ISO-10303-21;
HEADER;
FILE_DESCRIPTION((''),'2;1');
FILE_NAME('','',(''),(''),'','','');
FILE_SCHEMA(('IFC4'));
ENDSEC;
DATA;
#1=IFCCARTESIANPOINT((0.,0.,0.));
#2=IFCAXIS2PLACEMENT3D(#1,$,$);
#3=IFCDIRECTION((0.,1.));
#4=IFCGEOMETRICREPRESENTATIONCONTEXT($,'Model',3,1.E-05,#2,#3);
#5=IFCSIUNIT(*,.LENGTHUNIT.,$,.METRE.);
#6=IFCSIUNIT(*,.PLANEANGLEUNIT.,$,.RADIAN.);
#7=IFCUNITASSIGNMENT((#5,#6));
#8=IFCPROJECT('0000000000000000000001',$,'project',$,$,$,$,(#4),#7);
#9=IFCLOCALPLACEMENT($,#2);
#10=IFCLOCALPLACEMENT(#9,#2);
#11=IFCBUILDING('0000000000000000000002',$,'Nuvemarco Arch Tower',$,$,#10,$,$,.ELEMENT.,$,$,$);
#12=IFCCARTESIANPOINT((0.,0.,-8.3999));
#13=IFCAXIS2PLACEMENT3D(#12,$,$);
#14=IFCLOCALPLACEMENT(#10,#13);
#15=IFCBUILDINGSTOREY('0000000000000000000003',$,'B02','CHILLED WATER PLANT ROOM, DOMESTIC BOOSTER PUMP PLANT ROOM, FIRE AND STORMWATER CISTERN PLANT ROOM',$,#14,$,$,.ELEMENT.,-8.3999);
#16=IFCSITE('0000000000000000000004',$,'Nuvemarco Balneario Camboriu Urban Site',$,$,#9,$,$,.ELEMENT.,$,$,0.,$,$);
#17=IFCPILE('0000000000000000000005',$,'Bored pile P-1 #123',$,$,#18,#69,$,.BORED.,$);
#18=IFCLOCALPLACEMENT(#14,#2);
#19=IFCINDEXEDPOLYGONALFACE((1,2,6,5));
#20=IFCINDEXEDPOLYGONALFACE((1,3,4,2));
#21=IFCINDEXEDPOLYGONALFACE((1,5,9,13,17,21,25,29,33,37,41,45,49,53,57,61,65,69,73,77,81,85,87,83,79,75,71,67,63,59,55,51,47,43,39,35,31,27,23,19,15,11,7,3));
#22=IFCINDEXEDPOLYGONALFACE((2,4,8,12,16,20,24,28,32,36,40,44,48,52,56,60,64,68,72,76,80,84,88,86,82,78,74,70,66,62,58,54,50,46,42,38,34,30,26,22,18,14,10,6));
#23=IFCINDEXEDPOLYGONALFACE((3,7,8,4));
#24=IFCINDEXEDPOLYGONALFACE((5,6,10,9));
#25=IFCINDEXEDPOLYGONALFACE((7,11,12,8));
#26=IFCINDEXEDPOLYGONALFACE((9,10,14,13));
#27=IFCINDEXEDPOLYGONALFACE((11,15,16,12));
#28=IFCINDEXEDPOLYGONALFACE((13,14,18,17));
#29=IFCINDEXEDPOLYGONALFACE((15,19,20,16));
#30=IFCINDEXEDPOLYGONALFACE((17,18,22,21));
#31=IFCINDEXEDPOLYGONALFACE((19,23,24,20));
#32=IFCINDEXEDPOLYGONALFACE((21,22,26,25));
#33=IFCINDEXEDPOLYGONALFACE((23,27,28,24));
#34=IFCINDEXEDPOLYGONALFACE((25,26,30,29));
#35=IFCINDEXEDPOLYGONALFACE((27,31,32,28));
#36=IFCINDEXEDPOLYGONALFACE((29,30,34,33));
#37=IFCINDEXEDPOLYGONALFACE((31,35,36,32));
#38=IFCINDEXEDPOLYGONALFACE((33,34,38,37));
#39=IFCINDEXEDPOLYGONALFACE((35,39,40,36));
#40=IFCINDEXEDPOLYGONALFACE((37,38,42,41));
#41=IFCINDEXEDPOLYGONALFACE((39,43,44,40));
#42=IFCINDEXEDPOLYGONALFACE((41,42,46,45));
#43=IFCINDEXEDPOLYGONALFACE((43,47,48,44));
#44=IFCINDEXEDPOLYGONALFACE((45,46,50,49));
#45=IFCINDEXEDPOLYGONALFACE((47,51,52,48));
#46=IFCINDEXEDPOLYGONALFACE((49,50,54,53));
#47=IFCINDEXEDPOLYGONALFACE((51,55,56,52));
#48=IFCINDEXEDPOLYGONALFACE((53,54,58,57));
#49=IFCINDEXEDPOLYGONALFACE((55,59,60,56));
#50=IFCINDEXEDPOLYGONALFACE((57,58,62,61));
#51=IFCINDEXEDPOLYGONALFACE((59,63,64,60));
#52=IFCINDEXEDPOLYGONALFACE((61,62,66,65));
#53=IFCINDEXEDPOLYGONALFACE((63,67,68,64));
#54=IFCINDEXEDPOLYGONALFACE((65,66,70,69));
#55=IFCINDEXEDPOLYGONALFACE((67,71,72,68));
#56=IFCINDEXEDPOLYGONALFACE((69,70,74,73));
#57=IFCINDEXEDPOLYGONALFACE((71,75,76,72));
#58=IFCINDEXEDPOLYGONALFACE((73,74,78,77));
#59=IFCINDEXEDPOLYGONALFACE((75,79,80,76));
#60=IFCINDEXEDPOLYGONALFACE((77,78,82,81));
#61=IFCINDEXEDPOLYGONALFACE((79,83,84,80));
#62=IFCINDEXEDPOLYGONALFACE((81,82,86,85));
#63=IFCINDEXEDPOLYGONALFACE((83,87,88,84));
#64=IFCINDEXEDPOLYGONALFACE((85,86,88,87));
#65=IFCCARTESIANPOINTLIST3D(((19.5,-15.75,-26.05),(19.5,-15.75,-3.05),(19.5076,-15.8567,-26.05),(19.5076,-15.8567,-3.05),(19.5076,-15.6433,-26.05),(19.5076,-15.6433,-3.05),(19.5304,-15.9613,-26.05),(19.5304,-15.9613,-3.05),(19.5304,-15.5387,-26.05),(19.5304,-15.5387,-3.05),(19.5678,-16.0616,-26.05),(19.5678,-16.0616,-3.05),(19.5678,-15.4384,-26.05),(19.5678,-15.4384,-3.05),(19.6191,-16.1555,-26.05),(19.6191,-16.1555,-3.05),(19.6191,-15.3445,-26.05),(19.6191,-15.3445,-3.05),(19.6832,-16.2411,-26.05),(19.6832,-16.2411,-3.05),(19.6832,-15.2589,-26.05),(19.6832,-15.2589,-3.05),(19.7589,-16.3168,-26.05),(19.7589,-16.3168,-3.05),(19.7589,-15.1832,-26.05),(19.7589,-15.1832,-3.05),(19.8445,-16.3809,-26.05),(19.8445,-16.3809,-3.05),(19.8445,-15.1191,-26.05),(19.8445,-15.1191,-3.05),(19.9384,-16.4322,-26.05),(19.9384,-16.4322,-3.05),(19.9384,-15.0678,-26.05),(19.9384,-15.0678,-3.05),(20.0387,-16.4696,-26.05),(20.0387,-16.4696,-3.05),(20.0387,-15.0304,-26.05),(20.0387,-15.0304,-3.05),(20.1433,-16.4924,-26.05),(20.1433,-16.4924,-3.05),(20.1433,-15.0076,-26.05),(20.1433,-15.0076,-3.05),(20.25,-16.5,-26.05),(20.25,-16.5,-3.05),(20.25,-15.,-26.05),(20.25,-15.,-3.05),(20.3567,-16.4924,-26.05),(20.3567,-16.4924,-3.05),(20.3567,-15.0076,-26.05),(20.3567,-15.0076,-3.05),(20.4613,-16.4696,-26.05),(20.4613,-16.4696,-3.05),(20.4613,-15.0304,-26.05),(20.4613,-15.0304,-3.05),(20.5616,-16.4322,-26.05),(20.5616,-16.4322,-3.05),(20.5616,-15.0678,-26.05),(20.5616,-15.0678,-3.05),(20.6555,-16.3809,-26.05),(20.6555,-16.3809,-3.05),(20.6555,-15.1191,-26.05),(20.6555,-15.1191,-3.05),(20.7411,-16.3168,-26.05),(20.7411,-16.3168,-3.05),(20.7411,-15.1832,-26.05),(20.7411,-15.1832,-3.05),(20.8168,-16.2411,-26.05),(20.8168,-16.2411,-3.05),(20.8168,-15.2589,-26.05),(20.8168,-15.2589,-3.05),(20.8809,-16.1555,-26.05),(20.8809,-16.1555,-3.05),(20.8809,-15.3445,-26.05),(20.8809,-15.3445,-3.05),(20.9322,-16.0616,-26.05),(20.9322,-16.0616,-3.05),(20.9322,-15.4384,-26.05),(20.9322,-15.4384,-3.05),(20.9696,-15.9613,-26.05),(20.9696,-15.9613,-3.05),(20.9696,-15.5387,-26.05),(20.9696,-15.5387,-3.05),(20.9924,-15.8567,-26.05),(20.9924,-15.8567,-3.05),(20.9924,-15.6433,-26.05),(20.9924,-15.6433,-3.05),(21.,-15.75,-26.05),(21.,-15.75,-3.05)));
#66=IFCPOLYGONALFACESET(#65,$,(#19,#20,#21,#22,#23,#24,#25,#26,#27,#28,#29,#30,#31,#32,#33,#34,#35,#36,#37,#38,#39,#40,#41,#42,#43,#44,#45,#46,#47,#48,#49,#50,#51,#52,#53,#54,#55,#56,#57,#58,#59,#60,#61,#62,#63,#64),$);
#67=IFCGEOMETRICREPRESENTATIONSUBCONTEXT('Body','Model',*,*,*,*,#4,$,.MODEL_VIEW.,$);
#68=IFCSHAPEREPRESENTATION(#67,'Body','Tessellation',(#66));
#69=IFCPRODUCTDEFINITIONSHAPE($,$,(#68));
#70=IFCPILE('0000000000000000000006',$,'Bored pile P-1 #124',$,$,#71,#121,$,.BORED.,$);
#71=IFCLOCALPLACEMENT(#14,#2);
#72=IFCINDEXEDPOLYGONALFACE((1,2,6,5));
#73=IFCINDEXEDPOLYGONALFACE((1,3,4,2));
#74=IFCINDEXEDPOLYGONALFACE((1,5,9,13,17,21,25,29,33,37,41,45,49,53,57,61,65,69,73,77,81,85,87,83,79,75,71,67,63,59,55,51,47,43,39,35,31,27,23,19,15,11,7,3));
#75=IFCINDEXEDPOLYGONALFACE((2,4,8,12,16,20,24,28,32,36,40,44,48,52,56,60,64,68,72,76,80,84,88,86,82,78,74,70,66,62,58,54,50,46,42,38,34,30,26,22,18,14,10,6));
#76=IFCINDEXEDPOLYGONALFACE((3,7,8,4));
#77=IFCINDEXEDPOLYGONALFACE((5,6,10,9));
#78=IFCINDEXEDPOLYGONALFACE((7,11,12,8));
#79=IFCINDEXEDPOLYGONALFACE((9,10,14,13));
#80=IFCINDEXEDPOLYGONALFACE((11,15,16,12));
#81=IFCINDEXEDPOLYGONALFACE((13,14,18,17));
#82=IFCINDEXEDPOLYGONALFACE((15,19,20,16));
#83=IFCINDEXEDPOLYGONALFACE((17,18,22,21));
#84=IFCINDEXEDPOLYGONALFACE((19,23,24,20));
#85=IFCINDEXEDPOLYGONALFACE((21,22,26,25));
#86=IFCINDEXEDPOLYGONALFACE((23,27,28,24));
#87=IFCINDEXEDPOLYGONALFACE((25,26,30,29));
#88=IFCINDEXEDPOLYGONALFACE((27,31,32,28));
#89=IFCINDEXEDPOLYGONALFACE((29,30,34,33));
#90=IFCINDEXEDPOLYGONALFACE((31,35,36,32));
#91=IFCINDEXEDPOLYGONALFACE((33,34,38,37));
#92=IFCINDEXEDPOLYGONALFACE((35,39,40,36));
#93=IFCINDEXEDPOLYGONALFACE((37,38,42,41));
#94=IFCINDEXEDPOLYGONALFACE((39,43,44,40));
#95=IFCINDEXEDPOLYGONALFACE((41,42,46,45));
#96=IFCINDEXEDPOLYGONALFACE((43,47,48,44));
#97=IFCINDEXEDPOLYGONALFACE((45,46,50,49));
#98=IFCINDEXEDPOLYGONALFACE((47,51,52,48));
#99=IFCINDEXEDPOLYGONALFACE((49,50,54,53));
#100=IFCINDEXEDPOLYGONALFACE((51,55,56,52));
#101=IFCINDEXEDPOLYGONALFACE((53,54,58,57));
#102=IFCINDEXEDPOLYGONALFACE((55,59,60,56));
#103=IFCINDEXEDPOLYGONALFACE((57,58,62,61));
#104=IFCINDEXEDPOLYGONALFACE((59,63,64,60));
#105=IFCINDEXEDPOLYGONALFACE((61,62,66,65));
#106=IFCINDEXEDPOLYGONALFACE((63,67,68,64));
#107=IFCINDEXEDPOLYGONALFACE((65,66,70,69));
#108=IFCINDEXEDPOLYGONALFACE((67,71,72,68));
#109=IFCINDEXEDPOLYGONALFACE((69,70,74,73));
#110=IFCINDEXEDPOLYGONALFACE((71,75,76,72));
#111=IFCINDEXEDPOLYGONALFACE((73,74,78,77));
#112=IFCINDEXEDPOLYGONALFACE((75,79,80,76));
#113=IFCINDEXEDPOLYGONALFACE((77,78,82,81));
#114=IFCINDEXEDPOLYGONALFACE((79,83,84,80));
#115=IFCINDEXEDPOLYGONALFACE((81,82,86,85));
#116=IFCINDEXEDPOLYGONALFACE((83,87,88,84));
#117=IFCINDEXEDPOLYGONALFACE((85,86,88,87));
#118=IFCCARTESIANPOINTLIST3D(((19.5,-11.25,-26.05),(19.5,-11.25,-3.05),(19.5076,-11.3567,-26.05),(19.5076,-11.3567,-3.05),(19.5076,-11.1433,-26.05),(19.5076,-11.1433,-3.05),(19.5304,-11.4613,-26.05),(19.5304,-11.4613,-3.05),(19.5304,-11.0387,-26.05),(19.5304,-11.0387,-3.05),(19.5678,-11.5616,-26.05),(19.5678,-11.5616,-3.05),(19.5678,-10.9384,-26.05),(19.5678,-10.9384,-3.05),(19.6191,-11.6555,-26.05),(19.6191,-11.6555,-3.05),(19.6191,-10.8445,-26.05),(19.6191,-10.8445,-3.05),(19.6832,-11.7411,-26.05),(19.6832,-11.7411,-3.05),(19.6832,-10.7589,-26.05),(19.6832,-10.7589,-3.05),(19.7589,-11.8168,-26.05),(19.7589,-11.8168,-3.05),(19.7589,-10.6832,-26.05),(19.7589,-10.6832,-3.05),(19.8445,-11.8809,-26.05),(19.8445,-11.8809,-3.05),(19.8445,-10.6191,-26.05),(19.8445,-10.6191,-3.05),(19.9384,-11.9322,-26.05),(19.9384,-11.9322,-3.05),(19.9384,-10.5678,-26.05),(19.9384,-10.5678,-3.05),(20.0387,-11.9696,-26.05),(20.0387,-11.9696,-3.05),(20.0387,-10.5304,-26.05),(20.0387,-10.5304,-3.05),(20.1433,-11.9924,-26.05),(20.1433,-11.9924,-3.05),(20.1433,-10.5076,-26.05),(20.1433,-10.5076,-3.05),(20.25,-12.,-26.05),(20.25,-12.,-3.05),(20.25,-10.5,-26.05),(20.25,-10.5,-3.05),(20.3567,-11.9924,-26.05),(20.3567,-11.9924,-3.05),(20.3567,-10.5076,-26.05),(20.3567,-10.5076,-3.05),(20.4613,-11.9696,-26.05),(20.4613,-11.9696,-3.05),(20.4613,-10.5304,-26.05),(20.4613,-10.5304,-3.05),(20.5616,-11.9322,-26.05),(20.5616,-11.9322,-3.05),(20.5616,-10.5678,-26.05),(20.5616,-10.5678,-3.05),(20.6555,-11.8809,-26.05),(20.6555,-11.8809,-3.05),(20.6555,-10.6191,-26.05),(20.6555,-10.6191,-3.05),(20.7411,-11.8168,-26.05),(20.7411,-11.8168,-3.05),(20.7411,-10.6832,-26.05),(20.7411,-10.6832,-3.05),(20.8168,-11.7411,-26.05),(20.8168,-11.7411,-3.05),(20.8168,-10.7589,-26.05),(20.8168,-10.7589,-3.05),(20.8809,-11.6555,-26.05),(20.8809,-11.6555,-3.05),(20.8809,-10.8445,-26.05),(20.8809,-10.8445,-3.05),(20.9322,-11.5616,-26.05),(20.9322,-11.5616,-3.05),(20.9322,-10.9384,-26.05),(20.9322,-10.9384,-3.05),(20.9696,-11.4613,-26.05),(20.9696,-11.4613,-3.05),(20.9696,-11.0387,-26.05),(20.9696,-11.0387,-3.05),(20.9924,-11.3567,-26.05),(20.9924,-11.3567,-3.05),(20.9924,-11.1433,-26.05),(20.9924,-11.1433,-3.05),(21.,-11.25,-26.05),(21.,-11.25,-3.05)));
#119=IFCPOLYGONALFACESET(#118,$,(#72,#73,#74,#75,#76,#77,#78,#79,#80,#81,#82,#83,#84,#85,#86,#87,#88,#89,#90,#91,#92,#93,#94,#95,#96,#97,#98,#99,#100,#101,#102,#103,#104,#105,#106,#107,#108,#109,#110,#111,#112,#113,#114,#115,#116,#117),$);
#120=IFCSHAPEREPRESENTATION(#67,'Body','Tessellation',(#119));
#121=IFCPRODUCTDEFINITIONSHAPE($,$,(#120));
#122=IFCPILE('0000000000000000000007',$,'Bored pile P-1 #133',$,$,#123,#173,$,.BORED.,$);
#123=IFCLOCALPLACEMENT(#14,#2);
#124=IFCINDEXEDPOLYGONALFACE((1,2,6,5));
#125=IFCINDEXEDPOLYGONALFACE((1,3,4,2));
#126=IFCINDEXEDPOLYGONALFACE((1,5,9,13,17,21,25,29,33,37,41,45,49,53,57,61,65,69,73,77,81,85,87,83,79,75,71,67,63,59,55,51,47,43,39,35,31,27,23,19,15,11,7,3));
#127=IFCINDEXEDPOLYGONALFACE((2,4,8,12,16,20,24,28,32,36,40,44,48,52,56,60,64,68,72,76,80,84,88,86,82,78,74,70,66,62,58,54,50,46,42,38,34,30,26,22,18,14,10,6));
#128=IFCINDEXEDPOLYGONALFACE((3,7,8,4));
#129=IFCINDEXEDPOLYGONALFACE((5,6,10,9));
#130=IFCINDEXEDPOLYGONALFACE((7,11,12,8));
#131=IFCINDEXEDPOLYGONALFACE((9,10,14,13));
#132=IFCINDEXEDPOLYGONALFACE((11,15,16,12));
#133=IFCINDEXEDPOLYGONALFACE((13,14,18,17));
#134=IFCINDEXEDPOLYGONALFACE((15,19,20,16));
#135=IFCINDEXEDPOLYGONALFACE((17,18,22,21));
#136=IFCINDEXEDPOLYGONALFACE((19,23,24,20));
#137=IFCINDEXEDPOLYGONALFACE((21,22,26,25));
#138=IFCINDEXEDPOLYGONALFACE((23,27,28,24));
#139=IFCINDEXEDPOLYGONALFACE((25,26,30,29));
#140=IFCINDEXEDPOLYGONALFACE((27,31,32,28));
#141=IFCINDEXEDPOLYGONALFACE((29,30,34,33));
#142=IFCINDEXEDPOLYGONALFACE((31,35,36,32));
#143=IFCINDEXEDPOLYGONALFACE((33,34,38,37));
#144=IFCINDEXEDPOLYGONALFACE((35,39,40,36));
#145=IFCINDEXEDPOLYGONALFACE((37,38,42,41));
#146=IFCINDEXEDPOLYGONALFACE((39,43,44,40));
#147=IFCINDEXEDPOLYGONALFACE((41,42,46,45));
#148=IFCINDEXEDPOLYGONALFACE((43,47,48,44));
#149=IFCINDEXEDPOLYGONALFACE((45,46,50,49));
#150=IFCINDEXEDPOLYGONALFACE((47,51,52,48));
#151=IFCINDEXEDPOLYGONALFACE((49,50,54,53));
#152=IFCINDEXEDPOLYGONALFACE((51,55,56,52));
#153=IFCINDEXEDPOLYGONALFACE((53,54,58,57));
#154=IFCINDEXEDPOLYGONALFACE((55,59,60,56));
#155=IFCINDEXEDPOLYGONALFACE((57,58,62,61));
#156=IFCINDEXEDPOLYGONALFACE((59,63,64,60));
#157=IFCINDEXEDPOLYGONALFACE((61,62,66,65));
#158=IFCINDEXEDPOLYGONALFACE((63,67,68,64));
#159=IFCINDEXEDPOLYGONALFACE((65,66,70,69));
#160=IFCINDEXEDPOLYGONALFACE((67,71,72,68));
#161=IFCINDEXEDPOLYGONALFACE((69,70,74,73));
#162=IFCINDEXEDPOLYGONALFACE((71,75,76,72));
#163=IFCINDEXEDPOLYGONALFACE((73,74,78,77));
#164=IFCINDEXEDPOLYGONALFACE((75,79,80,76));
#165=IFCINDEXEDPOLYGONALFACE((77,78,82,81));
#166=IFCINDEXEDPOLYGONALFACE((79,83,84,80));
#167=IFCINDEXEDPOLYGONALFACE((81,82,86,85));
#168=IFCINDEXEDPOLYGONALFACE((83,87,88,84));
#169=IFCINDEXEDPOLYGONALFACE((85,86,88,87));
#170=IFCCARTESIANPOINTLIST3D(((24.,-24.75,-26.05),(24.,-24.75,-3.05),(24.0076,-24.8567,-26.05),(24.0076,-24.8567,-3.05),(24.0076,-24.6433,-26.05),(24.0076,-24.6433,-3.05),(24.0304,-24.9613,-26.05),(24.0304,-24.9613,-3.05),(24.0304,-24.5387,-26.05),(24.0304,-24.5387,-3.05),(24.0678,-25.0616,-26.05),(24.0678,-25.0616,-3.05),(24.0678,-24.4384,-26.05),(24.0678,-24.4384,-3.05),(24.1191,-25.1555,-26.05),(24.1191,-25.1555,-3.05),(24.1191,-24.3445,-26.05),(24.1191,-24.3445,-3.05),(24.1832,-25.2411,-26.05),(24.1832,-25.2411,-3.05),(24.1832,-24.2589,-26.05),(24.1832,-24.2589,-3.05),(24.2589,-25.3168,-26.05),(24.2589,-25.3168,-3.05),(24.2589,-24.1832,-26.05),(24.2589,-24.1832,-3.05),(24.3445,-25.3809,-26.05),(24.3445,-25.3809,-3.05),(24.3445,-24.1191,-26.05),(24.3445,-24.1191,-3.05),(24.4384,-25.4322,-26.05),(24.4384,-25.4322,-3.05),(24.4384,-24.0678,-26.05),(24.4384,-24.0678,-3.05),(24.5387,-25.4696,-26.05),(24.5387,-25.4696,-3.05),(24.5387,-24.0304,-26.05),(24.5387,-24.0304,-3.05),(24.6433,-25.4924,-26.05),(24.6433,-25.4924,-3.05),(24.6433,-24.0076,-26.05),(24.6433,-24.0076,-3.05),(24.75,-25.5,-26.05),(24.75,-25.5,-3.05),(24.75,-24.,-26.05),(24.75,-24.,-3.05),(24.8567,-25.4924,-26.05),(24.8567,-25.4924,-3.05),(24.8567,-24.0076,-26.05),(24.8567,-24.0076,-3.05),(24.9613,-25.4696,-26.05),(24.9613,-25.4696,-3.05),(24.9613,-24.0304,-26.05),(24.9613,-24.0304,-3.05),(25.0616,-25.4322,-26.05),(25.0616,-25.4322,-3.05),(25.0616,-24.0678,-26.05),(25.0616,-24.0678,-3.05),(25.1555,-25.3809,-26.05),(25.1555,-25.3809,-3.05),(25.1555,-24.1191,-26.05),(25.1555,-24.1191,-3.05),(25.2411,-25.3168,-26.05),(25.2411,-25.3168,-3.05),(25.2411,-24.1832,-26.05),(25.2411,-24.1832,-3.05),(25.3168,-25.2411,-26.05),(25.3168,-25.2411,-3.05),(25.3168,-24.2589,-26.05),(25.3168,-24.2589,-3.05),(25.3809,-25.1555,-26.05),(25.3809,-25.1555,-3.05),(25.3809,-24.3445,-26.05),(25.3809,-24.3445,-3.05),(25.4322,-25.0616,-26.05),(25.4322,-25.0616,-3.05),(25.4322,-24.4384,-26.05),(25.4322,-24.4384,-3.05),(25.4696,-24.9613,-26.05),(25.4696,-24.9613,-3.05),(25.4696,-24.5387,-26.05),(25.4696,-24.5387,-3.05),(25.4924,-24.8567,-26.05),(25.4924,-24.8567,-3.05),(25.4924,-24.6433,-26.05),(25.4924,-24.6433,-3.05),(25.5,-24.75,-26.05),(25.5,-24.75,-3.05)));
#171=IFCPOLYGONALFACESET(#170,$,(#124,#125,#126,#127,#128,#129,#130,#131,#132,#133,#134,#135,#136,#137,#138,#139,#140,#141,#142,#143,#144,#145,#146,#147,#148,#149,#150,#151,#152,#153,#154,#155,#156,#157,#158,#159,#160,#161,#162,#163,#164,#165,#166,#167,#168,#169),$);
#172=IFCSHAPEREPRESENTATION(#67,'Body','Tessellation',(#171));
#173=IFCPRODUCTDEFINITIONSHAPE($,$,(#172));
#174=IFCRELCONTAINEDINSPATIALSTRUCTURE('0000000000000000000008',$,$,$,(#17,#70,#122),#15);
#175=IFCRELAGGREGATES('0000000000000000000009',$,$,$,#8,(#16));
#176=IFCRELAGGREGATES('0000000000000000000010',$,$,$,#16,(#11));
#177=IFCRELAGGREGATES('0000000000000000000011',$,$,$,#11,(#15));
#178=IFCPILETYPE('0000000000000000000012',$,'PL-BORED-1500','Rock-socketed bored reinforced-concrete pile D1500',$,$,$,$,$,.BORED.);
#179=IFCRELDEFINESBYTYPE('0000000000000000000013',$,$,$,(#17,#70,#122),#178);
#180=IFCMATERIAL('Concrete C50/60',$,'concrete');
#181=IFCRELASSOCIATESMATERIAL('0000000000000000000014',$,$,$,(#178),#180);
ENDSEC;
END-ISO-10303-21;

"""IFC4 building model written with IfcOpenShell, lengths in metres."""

from ifc_helpers import new_model, si_unit, direction, frame, origin, origin_2d, place, context, subcontext, project, spatial, circle, extrude, material, material_profile, profile_set, type_object, element, save


model = new_model("IFC4")

# Units and contexts
model_context = context("Model", 3, precision=1e-05, world=origin(), true_north=direction((0.0, 1.0)))
body_context = subcontext(model_context, "Body", "Model", "MODEL_VIEW")
ifc_project = project(units=[si_unit("LENGTHUNIT", "METRE"), si_unit("PLANEANGLEUNIT", "RADIAN")], contexts=[model_context])

# Site, building, storey
site_placement = place(None, origin())
site = spatial("IfcSite", under=ifc_project, at=site_placement, Name="Nuvemarco Balneario Camboriu Urban Site", CompositionType="ELEMENT", RefElevation=0.0)
building_placement = place(site_placement, origin())
building = spatial("IfcBuilding", under=site, at=building_placement, Name="Nuvemarco Arch Tower", CompositionType="ELEMENT")
storey_placement = place(building_placement, frame((0.0, 0.0, -8.3999)))
storey = spatial("IfcBuildingStorey", under=building, at=storey_placement, Name="B02", Description="CHILLED WATER PLANT ROOM, DOMESTIC BOOSTER PUMP PLANT ROOM, FIRE AND STORMWATER CISTERN PLANT ROOM", CompositionType="ELEMENT", Elevation=-8.3999)

# Piles
ifc_material_1 = material(Name="Concrete C50/60", Category="concrete")
ifc_material_profile_1 = material_profile(ifc_material_1, circle(Radius=0.75, at=origin_2d()), Name="PILE-D1500")
ifc_profile_set_1 = profile_set([ifc_material_profile_1], Name="Concrete C50/60")
pile_type = type_object("IfcPileType", Name="PL-BORED-1500", Description="Rock-socketed bored reinforced-concrete pile D1500", PredefinedType="BORED", material=ifc_profile_set_1)
for number, where, z_axis, x_axis, name in (
    (1, (20.25, -15.75, -3.05), (0.0, 0.0, -1.0), (1.0, 0.0, 0.0), "Bored pile P-1 #123"),
    (2, (20.25, -11.25, -3.05), (0.0, 0.0, -1.0), (1.0, 0.0, 0.0), "Bored pile P-1 #124"),
    (3, (24.75, -24.75, -3.05), (0.0, 0.0, -1.0), (1.0, 0.0, 0.0), "Bored pile P-1 #133"),
):
    element("IfcPile", number, at=place(storey_placement, frame(where, z_axis=z_axis, x_axis=x_axis)), inside=storey, type_object=pile_type, Name=name, PredefinedType="BORED", context=body_context, shape_type="SweptSolid", body=[
        extrude(circle(Radius=0.75, at=origin_2d()), origin(), (0.0, 0.0, 1.0), 23.0),
    ])

save(model, "model.ifc")
